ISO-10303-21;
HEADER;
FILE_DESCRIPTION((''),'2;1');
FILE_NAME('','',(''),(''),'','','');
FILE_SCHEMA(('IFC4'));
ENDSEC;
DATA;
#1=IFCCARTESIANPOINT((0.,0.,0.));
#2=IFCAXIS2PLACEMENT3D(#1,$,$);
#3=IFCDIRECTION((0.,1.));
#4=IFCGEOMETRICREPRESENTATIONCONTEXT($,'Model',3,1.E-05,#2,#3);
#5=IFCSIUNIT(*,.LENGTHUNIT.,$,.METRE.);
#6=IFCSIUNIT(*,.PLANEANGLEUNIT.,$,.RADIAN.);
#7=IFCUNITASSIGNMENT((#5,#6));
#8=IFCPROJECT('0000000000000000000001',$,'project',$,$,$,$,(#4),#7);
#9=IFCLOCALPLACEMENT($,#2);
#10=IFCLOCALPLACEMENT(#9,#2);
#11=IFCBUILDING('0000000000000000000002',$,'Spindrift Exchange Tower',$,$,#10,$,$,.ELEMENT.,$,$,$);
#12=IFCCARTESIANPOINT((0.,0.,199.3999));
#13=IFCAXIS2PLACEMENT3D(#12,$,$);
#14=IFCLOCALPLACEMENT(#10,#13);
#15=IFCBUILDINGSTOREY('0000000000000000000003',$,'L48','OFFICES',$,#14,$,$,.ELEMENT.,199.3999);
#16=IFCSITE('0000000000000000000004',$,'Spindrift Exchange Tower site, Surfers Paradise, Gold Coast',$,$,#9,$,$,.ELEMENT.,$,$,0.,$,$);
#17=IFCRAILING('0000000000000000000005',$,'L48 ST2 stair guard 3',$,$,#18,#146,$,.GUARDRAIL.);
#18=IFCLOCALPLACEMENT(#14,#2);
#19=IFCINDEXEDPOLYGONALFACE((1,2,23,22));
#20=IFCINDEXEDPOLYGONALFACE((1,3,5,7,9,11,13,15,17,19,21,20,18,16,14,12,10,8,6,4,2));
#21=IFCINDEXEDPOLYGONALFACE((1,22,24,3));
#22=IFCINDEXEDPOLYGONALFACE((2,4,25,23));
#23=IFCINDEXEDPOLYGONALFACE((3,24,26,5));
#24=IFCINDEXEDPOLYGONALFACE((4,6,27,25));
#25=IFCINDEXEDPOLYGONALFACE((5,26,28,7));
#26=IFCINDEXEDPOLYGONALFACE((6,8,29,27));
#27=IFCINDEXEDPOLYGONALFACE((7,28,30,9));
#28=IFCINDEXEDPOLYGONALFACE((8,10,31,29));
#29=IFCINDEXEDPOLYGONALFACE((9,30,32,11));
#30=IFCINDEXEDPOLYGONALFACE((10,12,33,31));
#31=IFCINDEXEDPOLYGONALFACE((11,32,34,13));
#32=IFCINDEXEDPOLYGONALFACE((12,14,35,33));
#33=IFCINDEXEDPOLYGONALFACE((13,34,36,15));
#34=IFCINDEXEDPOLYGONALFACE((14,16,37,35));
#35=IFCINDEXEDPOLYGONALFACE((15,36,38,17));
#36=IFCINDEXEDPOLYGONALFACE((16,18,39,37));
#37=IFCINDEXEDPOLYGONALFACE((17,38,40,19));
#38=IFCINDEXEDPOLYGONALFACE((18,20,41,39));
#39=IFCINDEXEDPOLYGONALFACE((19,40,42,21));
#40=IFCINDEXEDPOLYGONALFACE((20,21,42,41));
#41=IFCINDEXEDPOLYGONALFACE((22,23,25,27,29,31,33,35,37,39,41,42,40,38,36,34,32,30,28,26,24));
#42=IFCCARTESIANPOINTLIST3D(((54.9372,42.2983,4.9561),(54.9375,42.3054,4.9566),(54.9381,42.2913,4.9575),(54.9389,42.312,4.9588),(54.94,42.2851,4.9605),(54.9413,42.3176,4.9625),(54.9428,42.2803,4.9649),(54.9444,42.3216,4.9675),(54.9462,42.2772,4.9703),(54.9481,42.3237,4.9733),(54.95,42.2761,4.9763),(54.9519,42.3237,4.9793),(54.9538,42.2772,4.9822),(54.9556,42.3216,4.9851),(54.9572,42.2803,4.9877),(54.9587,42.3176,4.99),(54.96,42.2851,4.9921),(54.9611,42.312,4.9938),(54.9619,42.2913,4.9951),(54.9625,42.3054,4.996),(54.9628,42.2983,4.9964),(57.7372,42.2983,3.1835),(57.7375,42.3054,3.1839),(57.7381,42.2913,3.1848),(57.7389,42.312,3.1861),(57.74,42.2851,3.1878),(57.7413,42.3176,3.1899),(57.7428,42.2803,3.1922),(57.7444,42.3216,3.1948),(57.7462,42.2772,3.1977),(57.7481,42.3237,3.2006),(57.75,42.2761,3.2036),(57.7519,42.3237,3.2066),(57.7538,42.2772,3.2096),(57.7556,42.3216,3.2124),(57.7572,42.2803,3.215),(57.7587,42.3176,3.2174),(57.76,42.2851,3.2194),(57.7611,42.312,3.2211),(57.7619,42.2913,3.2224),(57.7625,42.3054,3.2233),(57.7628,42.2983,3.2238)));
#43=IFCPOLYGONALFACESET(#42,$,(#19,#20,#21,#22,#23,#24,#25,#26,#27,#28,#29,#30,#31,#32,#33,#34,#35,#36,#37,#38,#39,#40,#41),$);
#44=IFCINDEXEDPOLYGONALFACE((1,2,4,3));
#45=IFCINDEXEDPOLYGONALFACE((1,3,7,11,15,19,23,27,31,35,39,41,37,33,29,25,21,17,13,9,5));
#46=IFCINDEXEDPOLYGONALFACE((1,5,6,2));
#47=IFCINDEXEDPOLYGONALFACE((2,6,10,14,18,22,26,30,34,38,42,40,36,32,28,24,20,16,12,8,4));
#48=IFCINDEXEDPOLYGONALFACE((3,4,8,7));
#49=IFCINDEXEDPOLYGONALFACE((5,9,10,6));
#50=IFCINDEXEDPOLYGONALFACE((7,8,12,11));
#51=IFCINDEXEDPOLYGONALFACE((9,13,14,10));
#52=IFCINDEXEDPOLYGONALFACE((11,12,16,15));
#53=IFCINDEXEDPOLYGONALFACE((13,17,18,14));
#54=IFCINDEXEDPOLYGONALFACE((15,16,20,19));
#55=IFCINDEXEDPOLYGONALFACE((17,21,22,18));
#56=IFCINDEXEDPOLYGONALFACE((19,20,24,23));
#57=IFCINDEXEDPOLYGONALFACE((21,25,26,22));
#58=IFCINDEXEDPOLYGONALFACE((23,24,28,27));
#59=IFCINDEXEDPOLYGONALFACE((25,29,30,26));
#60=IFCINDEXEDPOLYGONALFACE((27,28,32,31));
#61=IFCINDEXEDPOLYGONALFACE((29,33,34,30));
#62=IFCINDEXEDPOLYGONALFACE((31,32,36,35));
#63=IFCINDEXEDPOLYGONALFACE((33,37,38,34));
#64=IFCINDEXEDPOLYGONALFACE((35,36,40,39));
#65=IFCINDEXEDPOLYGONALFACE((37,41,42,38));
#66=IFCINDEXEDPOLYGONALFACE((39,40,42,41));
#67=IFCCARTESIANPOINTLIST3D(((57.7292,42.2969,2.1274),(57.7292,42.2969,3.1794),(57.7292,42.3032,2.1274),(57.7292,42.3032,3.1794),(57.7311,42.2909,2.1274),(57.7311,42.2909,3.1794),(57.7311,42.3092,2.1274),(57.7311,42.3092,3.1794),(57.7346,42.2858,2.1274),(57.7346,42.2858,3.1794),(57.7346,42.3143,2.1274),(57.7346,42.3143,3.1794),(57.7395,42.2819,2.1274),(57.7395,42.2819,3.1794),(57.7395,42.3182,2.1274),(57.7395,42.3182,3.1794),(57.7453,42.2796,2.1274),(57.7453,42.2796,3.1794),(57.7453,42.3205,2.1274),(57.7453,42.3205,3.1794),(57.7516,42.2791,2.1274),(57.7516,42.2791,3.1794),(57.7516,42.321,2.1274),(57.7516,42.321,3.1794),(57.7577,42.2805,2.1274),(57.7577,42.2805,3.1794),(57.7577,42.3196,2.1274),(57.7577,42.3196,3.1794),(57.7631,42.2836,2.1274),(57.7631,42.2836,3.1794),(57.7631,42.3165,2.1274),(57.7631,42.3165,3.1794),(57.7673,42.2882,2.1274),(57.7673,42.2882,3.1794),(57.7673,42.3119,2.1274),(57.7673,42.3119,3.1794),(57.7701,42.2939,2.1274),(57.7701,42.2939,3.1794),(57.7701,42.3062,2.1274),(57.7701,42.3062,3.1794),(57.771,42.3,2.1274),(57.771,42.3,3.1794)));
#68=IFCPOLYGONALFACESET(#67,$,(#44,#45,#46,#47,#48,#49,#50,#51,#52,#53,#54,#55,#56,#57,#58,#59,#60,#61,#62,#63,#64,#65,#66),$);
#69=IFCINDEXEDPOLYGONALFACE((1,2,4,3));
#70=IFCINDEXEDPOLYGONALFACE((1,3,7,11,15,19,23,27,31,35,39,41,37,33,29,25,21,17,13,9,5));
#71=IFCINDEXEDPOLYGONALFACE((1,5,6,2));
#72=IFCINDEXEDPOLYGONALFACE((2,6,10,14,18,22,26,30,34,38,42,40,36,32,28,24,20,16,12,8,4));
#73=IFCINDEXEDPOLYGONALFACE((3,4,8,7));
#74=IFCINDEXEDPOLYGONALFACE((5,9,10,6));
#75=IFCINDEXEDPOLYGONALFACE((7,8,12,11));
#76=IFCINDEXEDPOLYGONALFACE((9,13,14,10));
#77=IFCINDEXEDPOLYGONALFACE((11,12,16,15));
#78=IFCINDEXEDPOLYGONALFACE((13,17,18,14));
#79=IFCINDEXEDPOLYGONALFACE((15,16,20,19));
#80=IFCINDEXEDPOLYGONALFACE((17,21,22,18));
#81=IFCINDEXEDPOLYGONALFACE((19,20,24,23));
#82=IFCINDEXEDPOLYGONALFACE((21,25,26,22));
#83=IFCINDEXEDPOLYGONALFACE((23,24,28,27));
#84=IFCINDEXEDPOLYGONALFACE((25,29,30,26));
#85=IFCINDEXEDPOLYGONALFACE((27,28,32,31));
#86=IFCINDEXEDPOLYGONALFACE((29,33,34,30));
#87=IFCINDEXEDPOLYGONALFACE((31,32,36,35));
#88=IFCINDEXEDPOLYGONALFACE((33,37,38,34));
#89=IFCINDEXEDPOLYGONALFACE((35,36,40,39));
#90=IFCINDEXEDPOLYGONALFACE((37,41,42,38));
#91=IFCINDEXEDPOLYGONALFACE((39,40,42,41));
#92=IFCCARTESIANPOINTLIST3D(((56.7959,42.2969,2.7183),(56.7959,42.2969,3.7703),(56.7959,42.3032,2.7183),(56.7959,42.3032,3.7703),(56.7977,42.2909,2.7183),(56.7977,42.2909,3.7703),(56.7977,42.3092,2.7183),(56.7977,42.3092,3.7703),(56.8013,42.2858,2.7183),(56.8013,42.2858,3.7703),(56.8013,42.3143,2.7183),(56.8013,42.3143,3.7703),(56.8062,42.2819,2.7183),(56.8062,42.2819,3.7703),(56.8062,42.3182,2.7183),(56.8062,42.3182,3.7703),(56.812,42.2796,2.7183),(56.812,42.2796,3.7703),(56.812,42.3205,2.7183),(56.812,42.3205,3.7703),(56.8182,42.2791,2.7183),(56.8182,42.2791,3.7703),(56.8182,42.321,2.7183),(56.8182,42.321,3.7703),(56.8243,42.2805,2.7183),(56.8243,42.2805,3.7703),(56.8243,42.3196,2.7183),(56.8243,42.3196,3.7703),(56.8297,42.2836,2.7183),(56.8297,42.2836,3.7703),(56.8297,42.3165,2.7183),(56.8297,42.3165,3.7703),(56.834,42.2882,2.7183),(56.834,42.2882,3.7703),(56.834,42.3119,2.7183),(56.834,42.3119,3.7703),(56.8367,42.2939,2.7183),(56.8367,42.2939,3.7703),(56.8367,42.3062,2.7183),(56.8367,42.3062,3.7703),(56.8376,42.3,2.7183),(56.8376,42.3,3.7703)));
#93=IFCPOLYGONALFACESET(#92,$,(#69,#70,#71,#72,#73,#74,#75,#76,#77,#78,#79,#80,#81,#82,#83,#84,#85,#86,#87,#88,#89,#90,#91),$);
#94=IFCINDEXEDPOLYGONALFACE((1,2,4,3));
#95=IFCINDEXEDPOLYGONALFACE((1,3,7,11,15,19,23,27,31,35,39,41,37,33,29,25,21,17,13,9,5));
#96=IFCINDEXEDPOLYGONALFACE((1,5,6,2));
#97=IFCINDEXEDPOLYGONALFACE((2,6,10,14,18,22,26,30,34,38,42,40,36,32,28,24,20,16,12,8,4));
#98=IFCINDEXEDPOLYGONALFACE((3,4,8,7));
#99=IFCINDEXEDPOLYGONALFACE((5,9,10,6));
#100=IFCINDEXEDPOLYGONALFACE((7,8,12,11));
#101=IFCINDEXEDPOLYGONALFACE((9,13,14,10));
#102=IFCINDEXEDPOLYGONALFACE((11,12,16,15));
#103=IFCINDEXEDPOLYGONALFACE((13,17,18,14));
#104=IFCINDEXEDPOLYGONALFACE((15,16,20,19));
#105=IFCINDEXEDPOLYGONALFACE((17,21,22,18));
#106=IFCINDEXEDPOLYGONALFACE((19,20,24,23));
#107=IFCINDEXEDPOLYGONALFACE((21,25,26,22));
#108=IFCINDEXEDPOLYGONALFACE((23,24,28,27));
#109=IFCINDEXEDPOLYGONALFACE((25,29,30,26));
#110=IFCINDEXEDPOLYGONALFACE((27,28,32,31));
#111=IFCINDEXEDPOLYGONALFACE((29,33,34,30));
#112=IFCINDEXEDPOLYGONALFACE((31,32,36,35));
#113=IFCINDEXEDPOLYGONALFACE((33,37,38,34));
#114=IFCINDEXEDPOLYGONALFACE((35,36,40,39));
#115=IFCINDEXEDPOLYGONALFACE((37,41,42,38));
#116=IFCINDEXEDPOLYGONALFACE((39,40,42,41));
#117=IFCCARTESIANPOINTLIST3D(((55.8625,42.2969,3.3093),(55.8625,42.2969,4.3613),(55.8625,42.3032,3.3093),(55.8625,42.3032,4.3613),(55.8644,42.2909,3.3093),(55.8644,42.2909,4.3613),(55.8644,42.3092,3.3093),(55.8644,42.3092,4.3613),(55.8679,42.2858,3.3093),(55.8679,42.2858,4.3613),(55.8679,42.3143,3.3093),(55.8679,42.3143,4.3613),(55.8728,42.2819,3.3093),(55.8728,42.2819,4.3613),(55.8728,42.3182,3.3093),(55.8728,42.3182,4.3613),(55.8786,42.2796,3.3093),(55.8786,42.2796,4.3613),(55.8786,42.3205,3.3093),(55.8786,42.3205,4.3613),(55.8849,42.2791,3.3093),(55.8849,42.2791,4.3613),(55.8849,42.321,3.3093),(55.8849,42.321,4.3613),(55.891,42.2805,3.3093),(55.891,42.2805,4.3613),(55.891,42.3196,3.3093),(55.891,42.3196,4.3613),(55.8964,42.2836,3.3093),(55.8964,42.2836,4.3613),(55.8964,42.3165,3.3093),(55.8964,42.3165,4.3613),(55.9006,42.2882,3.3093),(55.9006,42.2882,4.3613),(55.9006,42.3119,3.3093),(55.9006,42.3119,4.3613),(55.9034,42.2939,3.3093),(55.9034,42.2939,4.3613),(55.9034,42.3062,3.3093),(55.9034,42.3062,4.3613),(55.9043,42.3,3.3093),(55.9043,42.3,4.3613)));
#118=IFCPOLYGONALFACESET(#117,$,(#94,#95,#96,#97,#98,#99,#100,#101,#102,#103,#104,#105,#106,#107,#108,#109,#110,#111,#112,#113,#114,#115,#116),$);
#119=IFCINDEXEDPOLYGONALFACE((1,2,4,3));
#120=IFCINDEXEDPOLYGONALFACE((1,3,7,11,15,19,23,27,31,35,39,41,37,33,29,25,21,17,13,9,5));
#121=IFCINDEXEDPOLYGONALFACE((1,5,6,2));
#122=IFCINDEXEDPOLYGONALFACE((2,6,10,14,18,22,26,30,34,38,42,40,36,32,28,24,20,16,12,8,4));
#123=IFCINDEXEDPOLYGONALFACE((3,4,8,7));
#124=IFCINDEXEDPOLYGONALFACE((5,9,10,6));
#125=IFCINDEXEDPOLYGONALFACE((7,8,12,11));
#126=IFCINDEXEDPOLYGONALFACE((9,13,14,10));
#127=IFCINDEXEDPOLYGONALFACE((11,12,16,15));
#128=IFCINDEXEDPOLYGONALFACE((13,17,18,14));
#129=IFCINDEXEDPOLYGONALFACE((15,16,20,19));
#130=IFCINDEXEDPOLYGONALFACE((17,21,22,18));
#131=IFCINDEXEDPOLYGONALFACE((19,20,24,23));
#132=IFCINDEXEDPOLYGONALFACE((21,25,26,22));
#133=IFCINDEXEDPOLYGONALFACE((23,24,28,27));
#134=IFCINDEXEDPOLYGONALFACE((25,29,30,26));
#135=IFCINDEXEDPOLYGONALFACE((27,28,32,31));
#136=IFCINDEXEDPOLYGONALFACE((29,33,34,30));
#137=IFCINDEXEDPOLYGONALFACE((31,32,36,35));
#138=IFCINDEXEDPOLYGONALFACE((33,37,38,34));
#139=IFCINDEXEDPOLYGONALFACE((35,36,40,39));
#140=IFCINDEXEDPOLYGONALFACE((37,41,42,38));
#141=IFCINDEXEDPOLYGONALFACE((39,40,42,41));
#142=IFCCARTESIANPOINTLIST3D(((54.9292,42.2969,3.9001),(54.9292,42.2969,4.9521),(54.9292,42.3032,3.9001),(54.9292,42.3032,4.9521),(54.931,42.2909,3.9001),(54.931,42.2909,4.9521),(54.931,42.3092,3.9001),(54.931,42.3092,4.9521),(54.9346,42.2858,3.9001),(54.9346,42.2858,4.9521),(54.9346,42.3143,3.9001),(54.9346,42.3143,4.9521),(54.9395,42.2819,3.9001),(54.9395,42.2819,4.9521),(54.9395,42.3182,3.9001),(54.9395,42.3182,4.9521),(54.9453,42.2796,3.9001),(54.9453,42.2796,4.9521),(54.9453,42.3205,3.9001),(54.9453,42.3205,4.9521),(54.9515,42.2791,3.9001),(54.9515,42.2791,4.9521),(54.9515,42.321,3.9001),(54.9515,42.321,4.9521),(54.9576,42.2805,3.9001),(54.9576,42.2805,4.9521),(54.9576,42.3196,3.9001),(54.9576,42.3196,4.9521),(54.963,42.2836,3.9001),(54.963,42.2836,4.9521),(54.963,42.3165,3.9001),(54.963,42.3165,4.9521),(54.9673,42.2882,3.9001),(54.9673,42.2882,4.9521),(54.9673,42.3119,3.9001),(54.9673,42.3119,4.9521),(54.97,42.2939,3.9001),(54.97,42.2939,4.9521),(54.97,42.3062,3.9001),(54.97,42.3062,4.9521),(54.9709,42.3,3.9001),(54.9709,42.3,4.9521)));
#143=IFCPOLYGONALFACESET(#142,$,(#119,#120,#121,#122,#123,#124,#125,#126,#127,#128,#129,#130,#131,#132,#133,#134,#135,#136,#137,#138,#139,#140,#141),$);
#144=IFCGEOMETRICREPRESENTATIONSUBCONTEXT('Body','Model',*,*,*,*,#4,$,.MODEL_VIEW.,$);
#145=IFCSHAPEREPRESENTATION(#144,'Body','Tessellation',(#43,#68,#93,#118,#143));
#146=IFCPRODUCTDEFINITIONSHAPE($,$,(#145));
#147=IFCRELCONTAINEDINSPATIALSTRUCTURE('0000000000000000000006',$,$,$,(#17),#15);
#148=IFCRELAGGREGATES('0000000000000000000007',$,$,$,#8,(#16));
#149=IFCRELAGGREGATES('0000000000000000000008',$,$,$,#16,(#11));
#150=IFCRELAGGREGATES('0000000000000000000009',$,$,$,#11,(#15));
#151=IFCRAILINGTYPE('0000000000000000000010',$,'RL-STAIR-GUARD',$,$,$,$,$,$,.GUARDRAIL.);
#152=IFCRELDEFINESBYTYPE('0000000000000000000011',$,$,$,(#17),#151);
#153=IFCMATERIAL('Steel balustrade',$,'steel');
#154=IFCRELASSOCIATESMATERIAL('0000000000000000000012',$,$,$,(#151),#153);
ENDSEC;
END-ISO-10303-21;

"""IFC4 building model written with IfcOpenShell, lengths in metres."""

from ifc_helpers import new_model, si_unit, direction, frame, origin, origin_2d, place, context, subcontext, project, spatial, circle, extrude, material, type_object, element, save


model = new_model("IFC4")

# Units and contexts
model_context = context("Model", 3, precision=1e-05, world=origin(), true_north=direction((0.0, 1.0)))
body_context = subcontext(model_context, "Body", "Model", "MODEL_VIEW")
ifc_project = project(units=[si_unit("LENGTHUNIT", "METRE"), si_unit("PLANEANGLEUNIT", "RADIAN")], contexts=[model_context])

# Site, building, storey
site_placement = place(None, origin())
site = spatial("IfcSite", under=ifc_project, at=site_placement, Name="Spindrift Exchange Tower site, Surfers Paradise, Gold Coast", CompositionType="ELEMENT", RefElevation=0.0)
building_placement = place(site_placement, origin())
building = spatial("IfcBuilding", under=site, at=building_placement, Name="Spindrift Exchange Tower", CompositionType="ELEMENT")
storey_placement = place(building_placement, frame((0.0, 0.0, 199.3999)))
storey = spatial("IfcBuildingStorey", under=building, at=storey_placement, Name="L48", Description="OFFICES", CompositionType="ELEMENT", Elevation=199.3999)

# Railing
ifc_material_1 = material(Name="Steel balustrade", Category="steel")
railing_type_1 = type_object("IfcRailingType", Name="RL-STAIR-GUARD", PredefinedType="GUARDRAIL", material=ifc_material_1)
railing_1_placement = place(storey_placement, frame((57.75, 42.3, 2.1274)))
element("IfcRailing", 1, at=railing_1_placement, inside=storey, type_object=railing_type_1, Name="L48 ST2 stair guard 3", PredefinedType="GUARDRAIL", context=body_context, shape_type="SweptSolid", body=[
    extrude(circle(Radius=0.0239, at=origin_2d()), frame((0.0, 0.0, 1.0762), z_axis=(-0.844909, 0.0, 0.53491), x_axis=(0.0, -1.0, 0.0)), (0.0, 0.0, 1.0), 3.314),
    extrude(circle(Radius=0.021, at=origin_2d()), origin(), (0.0, 0.0, 1.0), 1.052),
    extrude(circle(Radius=0.021, at=origin_2d()), frame((-0.9333, 0.0, 0.5908)), (0.0, 0.0, 1.0), 1.052),
    extrude(circle(Radius=0.021, at=origin_2d()), frame((-1.8667, 0.0, 1.1819)), (0.0, 0.0, 1.0), 1.052),
    extrude(circle(Radius=0.021, at=origin_2d()), frame((-2.8, 0.0, 1.7727)), (0.0, 0.0, 1.0), 1.052),
])

save(model, "model.ifc")
